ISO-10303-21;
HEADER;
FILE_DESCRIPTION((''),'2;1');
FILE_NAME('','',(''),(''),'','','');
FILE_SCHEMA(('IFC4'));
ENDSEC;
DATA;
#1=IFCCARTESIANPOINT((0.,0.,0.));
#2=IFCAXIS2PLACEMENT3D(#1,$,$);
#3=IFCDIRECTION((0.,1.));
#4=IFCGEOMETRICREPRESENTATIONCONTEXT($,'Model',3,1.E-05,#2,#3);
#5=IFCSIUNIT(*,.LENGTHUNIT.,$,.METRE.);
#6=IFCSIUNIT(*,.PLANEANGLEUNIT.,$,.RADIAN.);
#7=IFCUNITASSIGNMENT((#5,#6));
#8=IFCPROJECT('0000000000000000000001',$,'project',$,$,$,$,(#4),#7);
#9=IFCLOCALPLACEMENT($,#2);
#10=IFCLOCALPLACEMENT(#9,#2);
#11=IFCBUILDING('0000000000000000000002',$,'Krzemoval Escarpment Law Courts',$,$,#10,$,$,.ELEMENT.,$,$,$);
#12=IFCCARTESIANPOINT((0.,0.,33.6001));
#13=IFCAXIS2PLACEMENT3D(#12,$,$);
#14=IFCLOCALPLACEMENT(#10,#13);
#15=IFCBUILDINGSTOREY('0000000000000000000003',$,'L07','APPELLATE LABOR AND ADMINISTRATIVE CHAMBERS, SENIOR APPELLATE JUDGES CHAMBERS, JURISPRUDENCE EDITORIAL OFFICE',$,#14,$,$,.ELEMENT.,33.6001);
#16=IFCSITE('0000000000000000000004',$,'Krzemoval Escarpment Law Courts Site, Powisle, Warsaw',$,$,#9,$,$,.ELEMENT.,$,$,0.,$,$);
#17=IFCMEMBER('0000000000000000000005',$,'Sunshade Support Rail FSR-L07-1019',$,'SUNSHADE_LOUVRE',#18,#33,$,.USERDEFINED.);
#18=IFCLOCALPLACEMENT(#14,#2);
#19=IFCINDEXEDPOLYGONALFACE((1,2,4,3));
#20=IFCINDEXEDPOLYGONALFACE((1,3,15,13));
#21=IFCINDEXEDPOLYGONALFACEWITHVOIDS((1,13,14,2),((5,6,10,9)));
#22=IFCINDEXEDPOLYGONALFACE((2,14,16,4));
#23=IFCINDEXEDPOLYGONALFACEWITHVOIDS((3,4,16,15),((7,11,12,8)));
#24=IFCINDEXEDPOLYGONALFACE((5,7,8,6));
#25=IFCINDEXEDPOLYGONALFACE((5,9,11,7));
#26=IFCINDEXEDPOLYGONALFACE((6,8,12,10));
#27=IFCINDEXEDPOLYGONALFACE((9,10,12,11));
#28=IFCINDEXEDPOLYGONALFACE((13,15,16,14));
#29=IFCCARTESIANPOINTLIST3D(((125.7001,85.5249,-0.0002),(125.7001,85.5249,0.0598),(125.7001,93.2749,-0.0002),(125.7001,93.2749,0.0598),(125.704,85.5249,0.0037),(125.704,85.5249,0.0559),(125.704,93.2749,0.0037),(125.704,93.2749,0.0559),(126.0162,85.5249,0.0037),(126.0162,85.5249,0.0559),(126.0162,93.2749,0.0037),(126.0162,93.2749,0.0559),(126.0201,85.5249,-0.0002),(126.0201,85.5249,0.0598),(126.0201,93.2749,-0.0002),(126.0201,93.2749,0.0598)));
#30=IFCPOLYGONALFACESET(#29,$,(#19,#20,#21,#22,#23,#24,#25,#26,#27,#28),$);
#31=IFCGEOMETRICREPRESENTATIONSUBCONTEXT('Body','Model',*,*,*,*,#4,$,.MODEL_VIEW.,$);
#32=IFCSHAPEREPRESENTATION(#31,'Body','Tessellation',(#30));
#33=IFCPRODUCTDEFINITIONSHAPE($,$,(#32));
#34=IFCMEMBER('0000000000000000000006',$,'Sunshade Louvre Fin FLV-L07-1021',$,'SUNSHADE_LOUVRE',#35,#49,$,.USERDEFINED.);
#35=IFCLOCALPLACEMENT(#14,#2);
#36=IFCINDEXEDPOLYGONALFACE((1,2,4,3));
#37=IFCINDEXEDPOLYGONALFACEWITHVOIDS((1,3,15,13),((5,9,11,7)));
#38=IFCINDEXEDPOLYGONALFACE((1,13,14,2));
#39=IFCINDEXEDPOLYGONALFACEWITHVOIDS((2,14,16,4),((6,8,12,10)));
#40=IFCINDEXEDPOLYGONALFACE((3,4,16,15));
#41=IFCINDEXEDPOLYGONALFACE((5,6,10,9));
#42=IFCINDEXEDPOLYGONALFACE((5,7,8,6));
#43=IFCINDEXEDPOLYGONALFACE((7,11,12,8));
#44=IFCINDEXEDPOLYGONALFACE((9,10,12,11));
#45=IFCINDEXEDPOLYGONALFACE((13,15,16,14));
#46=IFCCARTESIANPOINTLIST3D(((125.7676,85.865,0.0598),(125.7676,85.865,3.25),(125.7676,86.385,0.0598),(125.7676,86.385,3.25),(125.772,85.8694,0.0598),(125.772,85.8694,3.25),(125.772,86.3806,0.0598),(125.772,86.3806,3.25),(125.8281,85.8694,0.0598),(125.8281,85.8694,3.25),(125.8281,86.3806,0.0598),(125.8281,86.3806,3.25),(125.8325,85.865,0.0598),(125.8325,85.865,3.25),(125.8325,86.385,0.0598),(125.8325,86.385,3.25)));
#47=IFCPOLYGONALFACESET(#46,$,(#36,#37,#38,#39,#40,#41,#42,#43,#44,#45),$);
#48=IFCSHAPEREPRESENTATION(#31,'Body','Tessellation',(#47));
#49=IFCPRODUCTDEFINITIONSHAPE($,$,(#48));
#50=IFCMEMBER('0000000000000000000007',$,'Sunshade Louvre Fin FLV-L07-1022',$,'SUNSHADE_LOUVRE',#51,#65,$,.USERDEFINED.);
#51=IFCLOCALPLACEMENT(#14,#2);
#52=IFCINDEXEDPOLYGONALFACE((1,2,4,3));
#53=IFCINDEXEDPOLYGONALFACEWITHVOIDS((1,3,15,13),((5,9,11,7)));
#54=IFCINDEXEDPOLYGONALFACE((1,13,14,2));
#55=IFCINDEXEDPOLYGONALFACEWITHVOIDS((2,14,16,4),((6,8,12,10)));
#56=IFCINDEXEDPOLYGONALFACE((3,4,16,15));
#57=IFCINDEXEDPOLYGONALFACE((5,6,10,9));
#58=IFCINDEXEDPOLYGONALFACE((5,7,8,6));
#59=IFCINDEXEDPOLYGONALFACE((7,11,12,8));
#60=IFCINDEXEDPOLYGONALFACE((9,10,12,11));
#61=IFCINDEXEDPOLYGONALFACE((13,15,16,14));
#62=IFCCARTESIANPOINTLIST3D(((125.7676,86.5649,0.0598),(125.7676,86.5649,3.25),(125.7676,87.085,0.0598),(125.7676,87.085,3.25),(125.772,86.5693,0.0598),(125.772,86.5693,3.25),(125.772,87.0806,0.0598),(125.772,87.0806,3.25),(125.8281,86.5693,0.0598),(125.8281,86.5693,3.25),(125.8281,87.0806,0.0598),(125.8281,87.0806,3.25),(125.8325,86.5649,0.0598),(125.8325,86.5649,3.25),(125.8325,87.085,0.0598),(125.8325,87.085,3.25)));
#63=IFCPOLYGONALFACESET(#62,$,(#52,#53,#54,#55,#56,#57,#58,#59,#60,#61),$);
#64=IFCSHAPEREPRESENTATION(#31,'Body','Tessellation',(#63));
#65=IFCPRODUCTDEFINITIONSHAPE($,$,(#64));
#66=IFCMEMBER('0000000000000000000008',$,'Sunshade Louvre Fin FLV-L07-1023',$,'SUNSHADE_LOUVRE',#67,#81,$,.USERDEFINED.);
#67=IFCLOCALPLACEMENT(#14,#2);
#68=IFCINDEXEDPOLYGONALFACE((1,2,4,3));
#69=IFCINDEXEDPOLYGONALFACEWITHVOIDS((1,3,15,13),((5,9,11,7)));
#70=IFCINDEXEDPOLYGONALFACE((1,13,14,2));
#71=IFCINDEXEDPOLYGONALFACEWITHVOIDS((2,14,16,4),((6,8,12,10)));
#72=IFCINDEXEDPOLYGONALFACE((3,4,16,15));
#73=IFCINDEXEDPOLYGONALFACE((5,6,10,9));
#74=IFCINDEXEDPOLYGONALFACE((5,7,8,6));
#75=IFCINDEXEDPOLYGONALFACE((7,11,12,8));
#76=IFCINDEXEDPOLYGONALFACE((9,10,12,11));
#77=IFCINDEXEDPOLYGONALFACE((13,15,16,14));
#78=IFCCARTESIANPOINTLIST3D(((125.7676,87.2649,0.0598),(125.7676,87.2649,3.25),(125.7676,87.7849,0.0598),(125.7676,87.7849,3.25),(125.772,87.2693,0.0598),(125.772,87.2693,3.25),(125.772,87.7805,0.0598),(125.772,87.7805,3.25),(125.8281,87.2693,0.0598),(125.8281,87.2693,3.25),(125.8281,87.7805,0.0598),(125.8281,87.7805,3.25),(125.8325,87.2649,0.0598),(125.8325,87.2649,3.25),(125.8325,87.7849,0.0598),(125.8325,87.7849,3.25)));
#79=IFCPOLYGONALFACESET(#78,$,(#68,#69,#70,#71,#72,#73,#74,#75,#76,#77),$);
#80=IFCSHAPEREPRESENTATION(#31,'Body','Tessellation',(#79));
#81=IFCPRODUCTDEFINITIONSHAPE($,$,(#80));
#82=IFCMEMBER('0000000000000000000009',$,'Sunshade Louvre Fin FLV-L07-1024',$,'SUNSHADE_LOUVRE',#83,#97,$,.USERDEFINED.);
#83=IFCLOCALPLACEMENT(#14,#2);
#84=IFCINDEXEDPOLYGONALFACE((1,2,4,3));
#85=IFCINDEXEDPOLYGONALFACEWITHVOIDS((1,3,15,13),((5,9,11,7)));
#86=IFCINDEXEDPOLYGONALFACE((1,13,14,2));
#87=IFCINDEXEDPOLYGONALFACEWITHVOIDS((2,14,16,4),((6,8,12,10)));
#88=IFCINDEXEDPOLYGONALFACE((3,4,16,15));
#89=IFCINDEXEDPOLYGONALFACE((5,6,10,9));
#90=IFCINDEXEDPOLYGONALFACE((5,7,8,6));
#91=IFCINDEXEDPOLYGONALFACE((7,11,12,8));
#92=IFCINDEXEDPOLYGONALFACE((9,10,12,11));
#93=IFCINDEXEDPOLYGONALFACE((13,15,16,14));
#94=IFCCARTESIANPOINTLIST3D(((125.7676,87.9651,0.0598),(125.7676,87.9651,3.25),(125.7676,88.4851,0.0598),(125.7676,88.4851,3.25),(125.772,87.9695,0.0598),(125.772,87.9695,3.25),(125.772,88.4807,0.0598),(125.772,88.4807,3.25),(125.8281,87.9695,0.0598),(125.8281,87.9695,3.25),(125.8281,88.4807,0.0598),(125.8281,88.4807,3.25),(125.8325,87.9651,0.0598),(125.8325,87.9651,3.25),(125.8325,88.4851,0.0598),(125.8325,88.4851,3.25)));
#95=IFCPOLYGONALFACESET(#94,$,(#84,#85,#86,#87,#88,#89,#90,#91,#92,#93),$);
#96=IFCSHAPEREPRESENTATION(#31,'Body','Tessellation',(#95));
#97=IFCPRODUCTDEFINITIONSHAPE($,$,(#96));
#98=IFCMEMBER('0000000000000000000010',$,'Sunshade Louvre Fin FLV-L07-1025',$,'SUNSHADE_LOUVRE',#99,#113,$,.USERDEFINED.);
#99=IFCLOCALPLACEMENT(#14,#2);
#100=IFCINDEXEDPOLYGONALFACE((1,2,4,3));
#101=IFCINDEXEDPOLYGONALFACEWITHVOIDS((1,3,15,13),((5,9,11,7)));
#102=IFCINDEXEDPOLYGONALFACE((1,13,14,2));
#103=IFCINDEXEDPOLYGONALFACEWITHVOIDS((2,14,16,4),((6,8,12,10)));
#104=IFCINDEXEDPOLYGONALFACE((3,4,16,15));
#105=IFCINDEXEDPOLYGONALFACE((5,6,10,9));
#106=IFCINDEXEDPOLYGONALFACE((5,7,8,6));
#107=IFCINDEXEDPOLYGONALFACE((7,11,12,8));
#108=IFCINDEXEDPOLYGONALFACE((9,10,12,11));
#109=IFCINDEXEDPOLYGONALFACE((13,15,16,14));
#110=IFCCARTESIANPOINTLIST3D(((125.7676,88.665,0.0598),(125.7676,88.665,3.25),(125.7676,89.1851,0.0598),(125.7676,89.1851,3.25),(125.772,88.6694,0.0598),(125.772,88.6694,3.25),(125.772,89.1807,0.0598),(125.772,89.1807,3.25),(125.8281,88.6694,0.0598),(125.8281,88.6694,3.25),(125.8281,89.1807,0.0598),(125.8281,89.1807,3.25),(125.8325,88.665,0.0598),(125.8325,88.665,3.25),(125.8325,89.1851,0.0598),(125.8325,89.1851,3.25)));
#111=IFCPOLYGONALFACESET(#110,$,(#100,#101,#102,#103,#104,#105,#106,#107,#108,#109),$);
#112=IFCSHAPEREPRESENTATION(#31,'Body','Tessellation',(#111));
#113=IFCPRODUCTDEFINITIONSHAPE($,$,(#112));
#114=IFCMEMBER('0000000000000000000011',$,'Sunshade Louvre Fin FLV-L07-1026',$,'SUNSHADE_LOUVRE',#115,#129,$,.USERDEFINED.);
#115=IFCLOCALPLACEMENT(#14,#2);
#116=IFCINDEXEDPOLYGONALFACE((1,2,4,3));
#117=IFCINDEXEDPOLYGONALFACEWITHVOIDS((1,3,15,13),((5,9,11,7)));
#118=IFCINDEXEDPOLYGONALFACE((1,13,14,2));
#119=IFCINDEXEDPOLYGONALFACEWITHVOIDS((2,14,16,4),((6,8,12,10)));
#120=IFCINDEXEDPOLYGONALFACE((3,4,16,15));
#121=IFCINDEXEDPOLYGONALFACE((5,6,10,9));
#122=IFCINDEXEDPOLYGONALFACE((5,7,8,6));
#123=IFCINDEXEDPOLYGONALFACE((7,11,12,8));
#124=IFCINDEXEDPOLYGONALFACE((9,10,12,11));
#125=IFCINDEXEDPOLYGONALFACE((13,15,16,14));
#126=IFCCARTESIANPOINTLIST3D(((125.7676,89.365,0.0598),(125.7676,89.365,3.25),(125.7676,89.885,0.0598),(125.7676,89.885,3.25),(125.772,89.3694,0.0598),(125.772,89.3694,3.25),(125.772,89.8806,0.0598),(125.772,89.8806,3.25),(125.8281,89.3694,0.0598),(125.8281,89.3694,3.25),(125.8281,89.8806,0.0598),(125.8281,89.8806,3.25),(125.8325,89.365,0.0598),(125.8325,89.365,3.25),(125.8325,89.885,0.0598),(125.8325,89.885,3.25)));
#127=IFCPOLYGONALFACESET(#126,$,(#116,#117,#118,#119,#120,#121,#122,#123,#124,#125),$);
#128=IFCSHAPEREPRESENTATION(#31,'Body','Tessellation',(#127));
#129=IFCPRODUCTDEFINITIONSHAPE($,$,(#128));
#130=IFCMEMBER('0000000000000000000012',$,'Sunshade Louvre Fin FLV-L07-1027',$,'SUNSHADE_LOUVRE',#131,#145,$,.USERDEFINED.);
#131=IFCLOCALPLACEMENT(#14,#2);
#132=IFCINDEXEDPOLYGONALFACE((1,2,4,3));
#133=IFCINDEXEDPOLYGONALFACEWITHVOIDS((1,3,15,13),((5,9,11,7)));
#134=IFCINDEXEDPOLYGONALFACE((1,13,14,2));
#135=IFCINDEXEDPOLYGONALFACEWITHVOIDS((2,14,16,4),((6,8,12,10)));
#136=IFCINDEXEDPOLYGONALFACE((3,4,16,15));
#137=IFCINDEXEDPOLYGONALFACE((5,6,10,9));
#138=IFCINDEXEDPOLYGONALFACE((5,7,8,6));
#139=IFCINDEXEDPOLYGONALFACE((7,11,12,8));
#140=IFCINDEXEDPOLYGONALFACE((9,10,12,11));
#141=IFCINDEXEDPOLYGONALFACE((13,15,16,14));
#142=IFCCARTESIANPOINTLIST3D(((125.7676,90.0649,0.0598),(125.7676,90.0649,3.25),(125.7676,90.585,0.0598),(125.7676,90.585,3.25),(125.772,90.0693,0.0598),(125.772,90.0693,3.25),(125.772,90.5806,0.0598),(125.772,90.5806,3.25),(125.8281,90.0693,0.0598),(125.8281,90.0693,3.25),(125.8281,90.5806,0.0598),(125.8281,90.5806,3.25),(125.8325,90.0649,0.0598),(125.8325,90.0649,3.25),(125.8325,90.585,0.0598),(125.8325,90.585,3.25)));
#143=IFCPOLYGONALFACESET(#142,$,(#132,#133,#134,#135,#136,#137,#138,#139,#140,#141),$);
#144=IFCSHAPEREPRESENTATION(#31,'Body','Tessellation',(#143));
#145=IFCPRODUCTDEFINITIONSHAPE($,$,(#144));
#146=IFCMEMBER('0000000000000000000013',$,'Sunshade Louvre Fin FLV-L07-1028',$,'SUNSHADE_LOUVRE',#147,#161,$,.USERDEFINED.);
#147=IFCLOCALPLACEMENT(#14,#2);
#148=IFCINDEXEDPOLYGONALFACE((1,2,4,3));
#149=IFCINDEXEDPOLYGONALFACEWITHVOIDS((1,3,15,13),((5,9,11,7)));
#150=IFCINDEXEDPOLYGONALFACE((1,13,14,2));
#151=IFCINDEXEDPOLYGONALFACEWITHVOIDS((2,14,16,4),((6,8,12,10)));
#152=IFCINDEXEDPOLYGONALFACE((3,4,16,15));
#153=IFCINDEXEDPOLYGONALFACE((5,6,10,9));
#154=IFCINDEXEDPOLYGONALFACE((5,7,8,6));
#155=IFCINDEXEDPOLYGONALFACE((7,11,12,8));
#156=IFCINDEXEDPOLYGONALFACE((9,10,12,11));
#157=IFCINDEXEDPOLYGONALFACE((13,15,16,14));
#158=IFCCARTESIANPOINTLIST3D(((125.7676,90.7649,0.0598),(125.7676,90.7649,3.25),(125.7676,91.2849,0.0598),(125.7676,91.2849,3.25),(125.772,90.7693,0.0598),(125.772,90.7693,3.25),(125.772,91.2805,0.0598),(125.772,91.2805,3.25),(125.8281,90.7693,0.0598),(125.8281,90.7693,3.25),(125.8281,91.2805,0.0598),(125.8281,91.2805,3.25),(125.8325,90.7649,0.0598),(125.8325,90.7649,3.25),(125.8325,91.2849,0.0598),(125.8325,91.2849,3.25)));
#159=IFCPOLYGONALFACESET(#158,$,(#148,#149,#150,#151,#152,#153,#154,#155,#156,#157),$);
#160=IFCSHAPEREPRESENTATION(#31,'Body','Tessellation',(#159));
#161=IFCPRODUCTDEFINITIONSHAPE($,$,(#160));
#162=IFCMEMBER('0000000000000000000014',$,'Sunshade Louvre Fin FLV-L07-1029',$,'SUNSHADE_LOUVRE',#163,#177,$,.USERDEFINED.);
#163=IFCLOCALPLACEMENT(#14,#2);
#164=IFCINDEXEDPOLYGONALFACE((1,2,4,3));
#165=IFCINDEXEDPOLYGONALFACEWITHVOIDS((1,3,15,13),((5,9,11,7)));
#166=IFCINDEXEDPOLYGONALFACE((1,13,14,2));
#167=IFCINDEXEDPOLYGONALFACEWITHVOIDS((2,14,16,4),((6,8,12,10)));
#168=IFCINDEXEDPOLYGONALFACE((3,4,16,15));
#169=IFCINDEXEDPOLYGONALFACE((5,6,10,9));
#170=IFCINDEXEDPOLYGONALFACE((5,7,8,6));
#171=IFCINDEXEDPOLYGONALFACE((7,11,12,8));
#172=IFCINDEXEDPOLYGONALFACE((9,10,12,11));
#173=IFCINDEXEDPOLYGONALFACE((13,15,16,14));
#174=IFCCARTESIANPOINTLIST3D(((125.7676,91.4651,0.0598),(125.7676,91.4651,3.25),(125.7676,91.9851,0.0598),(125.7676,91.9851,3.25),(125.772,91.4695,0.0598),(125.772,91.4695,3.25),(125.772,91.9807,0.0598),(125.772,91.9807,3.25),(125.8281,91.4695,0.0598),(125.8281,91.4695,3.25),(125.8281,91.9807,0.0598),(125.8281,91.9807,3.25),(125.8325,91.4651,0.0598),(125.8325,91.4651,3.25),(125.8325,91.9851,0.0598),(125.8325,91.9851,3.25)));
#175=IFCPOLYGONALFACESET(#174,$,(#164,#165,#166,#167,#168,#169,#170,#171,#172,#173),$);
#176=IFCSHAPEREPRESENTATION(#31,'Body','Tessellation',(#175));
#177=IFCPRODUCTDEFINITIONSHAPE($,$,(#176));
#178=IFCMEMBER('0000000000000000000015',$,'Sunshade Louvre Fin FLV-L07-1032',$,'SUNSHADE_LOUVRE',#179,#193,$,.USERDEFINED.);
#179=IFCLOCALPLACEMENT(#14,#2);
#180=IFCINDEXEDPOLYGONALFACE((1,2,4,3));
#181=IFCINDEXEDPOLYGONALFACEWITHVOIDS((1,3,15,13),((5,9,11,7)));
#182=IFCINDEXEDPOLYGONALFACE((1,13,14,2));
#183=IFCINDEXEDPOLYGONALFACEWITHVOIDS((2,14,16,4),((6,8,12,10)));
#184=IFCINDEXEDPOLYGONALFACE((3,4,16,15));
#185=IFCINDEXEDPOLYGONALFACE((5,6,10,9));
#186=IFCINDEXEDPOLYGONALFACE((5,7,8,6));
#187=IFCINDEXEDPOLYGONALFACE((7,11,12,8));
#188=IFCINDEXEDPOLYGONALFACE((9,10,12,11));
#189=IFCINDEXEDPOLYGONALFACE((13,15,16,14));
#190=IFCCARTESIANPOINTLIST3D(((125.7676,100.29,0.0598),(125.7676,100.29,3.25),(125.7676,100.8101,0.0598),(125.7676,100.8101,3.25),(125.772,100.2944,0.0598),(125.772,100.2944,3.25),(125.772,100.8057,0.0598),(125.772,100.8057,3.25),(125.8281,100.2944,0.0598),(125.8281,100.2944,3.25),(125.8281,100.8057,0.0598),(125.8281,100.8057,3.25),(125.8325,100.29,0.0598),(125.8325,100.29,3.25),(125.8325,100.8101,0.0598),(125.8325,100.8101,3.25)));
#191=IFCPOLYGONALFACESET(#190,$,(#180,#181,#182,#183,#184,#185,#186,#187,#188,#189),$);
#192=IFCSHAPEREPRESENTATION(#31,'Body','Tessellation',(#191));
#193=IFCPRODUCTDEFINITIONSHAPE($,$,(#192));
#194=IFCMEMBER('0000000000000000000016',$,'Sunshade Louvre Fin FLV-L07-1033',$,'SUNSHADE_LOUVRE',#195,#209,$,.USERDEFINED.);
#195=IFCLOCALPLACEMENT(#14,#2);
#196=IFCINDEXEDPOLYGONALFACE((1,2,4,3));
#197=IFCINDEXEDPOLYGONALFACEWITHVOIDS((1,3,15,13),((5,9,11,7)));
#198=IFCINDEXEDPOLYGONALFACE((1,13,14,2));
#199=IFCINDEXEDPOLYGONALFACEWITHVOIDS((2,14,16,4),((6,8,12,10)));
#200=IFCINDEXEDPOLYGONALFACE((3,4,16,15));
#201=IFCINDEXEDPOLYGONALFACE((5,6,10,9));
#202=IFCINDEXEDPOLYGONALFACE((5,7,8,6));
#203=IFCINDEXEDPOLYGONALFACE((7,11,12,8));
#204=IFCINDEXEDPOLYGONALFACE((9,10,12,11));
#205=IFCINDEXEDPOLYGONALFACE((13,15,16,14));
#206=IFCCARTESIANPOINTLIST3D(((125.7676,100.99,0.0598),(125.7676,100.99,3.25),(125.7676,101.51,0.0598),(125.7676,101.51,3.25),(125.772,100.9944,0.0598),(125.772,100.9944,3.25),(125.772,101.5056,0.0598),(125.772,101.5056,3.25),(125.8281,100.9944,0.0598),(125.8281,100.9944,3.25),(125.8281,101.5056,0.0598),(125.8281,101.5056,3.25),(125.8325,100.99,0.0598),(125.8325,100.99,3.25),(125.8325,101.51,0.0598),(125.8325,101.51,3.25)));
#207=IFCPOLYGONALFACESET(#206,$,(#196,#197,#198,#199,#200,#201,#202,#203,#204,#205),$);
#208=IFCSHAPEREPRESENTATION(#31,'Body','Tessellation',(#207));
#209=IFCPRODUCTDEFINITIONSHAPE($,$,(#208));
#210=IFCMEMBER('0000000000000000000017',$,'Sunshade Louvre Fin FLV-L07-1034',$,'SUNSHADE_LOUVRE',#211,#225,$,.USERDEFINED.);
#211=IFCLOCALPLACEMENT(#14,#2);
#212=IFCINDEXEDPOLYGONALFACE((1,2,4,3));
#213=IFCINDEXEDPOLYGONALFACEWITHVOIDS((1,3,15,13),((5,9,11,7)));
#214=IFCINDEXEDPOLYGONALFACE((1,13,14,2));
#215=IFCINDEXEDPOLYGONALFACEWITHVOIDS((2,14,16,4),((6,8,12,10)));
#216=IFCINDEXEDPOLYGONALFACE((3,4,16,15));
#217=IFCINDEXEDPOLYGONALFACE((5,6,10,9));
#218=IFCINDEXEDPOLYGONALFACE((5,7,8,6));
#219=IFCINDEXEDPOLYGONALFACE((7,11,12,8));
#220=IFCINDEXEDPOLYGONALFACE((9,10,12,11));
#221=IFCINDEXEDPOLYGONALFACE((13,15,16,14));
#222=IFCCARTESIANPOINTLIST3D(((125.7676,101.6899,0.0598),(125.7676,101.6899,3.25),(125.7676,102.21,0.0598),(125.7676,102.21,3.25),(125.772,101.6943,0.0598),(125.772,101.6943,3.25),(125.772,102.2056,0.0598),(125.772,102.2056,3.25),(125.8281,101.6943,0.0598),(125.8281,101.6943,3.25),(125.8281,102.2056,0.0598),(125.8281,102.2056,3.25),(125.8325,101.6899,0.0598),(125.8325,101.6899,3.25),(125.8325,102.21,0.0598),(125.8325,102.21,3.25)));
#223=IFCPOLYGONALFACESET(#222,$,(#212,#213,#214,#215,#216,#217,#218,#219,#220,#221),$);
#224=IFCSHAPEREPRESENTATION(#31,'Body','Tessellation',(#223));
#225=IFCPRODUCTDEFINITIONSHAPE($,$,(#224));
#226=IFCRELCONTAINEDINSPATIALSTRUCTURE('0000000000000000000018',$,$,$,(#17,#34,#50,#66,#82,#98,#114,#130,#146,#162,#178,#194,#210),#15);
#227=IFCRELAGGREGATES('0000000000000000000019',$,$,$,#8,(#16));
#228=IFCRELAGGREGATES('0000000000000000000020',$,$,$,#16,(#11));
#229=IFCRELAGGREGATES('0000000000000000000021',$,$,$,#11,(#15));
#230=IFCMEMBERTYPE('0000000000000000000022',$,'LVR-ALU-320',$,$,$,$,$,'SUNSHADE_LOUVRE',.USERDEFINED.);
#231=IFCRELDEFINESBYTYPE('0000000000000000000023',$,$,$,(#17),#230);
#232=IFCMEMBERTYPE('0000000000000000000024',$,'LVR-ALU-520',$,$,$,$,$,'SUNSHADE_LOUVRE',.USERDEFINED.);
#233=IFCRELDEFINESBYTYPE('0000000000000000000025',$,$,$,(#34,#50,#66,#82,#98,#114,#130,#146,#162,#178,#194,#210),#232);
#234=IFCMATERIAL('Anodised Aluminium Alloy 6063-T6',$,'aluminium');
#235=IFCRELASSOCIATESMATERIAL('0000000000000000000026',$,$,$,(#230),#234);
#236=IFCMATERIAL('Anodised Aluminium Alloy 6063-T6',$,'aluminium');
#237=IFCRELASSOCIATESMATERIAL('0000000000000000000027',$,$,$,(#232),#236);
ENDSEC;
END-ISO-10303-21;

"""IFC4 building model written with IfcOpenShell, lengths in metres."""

from ifc_helpers import new_model, si_unit, direction, frame, origin, origin_2d, place, context, subcontext, project, spatial, hollow_rectangle, extrude, material, material_profile, profile_set, type_object, element, save


model = new_model("IFC4")

# Units and contexts
model_context = context("Model", 3, precision=1e-05, world=origin(), true_north=direction((0.0, 1.0)))
body_context = subcontext(model_context, "Body", "Model", "MODEL_VIEW")
ifc_project = project(units=[si_unit("LENGTHUNIT", "METRE"), si_unit("PLANEANGLEUNIT", "RADIAN")], contexts=[model_context])

# Site, building, storey
site_placement = place(None, origin())
site = spatial("IfcSite", under=ifc_project, at=site_placement, Name="Krzemoval Escarpment Law Courts Site, Powisle, Warsaw", CompositionType="ELEMENT", RefElevation=0.0)
building_placement = place(site_placement, origin())
building = spatial("IfcBuilding", under=site, at=building_placement, Name="Krzemoval Escarpment Law Courts", CompositionType="ELEMENT")
storey_placement = place(building_placement, frame((0.0, 0.0, 33.6001)))
storey = spatial("IfcBuildingStorey", under=building, at=storey_placement, Name="L07", Description="APPELLATE LABOR AND ADMINISTRATIVE CHAMBERS, SENIOR APPELLATE JUDGES CHAMBERS, JURISPRUDENCE EDITORIAL OFFICE", CompositionType="ELEMENT", Elevation=33.6001)

# Members
ifc_material_1 = material(Name="Anodised Aluminium Alloy 6063-T6", Category="aluminium")
ifc_material_profile_1 = material_profile(ifc_material_1, hollow_rectangle(XDim=0.0601, YDim=0.3201, WallThickness=0.0039, at=origin_2d()), Name="ALU LVR 60x320")
ifc_profile_set_1 = profile_set([ifc_material_profile_1], Name="Anodised Aluminium Alloy 6063-T6")
member_type_1 = type_object("IfcMemberType", Name="LVR-ALU-320", ElementType="SUNSHADE_LOUVRE", PredefinedType="USERDEFINED", material=ifc_profile_set_1)
member_placement = place(storey_placement, frame((125.8601, 85.5249, 0.0298), z_axis=(0.0, 1.0, 0.0), x_axis=(0.0, 0.0, 1.0)))
element("IfcMember", 1, at=member_placement, inside=storey, type_object=member_type_1, Name="Sunshade Support Rail FSR-L07-1019", ObjectType="SUNSHADE_LOUVRE", PredefinedType="USERDEFINED", context=body_context, shape_type="SweptSolid", body=[
    extrude(hollow_rectangle(XDim=0.0601, YDim=0.3201, WallThickness=0.0039, at=origin_2d()), origin(), (0.0, 0.0, 1.0), 7.75),
])
ifc_material_2 = material(Name="Anodised Aluminium Alloy 6063-T6", Category="aluminium")
ifc_material_profile_2 = material_profile(ifc_material_2, hollow_rectangle(XDim=0.0649, YDim=0.52, WallThickness=0.0044, at=origin_2d()), Name="ALU LVR 65x520")
ifc_profile_set_2 = profile_set([ifc_material_profile_2], Name="Anodised Aluminium Alloy 6063-T6")
member_type_2 = type_object("IfcMemberType", Name="LVR-ALU-520", ElementType="SUNSHADE_LOUVRE", PredefinedType="USERDEFINED", material=ifc_profile_set_2)
for number, where, z_axis, x_axis, name in (
    (2, (125.8, 86.125, 0.0598), (0.0, 0.0, 1.0), (1.0, 0.0, 0.0), "Sunshade Louvre Fin FLV-L07-1021"),
    (3, (125.8, 86.825, 0.0598), (0.0, 0.0, 1.0), (1.0, 0.0, 0.0), "Sunshade Louvre Fin FLV-L07-1022"),
    (4, (125.8, 87.5249, 0.0598), (0.0, 0.0, 1.0), (1.0, 0.0, 0.0), "Sunshade Louvre Fin FLV-L07-1023"),
    (5, (125.8, 88.2251, 0.0598), (0.0, 0.0, 1.0), (1.0, 0.0, 0.0), "Sunshade Louvre Fin FLV-L07-1024"),
    (6, (125.8, 88.925, 0.0598), (0.0, 0.0, 1.0), (1.0, 0.0, 0.0), "Sunshade Louvre Fin FLV-L07-1025"),
    (7, (125.8, 89.625, 0.0598), (0.0, 0.0, 1.0), (1.0, 0.0, 0.0), "Sunshade Louvre Fin FLV-L07-1026"),
    (8, (125.8, 90.325, 0.0598), (0.0, 0.0, 1.0), (1.0, 0.0, 0.0), "Sunshade Louvre Fin FLV-L07-1027"),
    (9, (125.8, 91.0249, 0.0598), (0.0, 0.0, 1.0), (1.0, 0.0, 0.0), "Sunshade Louvre Fin FLV-L07-1028"),
    (10, (125.8, 91.7251, 0.0598), (0.0, 0.0, 1.0), (1.0, 0.0, 0.0), "Sunshade Louvre Fin FLV-L07-1029"),
    (11, (125.8, 100.55, 0.0598), (0.0, 0.0, 1.0), (1.0, 0.0, 0.0), "Sunshade Louvre Fin FLV-L07-1032"),
    (12, (125.8, 101.25, 0.0598), (0.0, 0.0, 1.0), (1.0, 0.0, 0.0), "Sunshade Louvre Fin FLV-L07-1033"),
    (13, (125.8, 101.95, 0.0598), (0.0, 0.0, 1.0), (1.0, 0.0, 0.0), "Sunshade Louvre Fin FLV-L07-1034"),
):
    element("IfcMember", number, at=place(storey_placement, frame(where, z_axis=z_axis, x_axis=x_axis)), inside=storey, type_object=member_type_2, Name=name, ObjectType="SUNSHADE_LOUVRE", PredefinedType="USERDEFINED", context=body_context, shape_type="SweptSolid", body=[
        extrude(hollow_rectangle(XDim=0.0649, YDim=0.52, WallThickness=0.0044, at=origin_2d()), origin(), (0.0, 0.0, 1.0), 3.1902),
    ])

save(model, "model.ifc")
